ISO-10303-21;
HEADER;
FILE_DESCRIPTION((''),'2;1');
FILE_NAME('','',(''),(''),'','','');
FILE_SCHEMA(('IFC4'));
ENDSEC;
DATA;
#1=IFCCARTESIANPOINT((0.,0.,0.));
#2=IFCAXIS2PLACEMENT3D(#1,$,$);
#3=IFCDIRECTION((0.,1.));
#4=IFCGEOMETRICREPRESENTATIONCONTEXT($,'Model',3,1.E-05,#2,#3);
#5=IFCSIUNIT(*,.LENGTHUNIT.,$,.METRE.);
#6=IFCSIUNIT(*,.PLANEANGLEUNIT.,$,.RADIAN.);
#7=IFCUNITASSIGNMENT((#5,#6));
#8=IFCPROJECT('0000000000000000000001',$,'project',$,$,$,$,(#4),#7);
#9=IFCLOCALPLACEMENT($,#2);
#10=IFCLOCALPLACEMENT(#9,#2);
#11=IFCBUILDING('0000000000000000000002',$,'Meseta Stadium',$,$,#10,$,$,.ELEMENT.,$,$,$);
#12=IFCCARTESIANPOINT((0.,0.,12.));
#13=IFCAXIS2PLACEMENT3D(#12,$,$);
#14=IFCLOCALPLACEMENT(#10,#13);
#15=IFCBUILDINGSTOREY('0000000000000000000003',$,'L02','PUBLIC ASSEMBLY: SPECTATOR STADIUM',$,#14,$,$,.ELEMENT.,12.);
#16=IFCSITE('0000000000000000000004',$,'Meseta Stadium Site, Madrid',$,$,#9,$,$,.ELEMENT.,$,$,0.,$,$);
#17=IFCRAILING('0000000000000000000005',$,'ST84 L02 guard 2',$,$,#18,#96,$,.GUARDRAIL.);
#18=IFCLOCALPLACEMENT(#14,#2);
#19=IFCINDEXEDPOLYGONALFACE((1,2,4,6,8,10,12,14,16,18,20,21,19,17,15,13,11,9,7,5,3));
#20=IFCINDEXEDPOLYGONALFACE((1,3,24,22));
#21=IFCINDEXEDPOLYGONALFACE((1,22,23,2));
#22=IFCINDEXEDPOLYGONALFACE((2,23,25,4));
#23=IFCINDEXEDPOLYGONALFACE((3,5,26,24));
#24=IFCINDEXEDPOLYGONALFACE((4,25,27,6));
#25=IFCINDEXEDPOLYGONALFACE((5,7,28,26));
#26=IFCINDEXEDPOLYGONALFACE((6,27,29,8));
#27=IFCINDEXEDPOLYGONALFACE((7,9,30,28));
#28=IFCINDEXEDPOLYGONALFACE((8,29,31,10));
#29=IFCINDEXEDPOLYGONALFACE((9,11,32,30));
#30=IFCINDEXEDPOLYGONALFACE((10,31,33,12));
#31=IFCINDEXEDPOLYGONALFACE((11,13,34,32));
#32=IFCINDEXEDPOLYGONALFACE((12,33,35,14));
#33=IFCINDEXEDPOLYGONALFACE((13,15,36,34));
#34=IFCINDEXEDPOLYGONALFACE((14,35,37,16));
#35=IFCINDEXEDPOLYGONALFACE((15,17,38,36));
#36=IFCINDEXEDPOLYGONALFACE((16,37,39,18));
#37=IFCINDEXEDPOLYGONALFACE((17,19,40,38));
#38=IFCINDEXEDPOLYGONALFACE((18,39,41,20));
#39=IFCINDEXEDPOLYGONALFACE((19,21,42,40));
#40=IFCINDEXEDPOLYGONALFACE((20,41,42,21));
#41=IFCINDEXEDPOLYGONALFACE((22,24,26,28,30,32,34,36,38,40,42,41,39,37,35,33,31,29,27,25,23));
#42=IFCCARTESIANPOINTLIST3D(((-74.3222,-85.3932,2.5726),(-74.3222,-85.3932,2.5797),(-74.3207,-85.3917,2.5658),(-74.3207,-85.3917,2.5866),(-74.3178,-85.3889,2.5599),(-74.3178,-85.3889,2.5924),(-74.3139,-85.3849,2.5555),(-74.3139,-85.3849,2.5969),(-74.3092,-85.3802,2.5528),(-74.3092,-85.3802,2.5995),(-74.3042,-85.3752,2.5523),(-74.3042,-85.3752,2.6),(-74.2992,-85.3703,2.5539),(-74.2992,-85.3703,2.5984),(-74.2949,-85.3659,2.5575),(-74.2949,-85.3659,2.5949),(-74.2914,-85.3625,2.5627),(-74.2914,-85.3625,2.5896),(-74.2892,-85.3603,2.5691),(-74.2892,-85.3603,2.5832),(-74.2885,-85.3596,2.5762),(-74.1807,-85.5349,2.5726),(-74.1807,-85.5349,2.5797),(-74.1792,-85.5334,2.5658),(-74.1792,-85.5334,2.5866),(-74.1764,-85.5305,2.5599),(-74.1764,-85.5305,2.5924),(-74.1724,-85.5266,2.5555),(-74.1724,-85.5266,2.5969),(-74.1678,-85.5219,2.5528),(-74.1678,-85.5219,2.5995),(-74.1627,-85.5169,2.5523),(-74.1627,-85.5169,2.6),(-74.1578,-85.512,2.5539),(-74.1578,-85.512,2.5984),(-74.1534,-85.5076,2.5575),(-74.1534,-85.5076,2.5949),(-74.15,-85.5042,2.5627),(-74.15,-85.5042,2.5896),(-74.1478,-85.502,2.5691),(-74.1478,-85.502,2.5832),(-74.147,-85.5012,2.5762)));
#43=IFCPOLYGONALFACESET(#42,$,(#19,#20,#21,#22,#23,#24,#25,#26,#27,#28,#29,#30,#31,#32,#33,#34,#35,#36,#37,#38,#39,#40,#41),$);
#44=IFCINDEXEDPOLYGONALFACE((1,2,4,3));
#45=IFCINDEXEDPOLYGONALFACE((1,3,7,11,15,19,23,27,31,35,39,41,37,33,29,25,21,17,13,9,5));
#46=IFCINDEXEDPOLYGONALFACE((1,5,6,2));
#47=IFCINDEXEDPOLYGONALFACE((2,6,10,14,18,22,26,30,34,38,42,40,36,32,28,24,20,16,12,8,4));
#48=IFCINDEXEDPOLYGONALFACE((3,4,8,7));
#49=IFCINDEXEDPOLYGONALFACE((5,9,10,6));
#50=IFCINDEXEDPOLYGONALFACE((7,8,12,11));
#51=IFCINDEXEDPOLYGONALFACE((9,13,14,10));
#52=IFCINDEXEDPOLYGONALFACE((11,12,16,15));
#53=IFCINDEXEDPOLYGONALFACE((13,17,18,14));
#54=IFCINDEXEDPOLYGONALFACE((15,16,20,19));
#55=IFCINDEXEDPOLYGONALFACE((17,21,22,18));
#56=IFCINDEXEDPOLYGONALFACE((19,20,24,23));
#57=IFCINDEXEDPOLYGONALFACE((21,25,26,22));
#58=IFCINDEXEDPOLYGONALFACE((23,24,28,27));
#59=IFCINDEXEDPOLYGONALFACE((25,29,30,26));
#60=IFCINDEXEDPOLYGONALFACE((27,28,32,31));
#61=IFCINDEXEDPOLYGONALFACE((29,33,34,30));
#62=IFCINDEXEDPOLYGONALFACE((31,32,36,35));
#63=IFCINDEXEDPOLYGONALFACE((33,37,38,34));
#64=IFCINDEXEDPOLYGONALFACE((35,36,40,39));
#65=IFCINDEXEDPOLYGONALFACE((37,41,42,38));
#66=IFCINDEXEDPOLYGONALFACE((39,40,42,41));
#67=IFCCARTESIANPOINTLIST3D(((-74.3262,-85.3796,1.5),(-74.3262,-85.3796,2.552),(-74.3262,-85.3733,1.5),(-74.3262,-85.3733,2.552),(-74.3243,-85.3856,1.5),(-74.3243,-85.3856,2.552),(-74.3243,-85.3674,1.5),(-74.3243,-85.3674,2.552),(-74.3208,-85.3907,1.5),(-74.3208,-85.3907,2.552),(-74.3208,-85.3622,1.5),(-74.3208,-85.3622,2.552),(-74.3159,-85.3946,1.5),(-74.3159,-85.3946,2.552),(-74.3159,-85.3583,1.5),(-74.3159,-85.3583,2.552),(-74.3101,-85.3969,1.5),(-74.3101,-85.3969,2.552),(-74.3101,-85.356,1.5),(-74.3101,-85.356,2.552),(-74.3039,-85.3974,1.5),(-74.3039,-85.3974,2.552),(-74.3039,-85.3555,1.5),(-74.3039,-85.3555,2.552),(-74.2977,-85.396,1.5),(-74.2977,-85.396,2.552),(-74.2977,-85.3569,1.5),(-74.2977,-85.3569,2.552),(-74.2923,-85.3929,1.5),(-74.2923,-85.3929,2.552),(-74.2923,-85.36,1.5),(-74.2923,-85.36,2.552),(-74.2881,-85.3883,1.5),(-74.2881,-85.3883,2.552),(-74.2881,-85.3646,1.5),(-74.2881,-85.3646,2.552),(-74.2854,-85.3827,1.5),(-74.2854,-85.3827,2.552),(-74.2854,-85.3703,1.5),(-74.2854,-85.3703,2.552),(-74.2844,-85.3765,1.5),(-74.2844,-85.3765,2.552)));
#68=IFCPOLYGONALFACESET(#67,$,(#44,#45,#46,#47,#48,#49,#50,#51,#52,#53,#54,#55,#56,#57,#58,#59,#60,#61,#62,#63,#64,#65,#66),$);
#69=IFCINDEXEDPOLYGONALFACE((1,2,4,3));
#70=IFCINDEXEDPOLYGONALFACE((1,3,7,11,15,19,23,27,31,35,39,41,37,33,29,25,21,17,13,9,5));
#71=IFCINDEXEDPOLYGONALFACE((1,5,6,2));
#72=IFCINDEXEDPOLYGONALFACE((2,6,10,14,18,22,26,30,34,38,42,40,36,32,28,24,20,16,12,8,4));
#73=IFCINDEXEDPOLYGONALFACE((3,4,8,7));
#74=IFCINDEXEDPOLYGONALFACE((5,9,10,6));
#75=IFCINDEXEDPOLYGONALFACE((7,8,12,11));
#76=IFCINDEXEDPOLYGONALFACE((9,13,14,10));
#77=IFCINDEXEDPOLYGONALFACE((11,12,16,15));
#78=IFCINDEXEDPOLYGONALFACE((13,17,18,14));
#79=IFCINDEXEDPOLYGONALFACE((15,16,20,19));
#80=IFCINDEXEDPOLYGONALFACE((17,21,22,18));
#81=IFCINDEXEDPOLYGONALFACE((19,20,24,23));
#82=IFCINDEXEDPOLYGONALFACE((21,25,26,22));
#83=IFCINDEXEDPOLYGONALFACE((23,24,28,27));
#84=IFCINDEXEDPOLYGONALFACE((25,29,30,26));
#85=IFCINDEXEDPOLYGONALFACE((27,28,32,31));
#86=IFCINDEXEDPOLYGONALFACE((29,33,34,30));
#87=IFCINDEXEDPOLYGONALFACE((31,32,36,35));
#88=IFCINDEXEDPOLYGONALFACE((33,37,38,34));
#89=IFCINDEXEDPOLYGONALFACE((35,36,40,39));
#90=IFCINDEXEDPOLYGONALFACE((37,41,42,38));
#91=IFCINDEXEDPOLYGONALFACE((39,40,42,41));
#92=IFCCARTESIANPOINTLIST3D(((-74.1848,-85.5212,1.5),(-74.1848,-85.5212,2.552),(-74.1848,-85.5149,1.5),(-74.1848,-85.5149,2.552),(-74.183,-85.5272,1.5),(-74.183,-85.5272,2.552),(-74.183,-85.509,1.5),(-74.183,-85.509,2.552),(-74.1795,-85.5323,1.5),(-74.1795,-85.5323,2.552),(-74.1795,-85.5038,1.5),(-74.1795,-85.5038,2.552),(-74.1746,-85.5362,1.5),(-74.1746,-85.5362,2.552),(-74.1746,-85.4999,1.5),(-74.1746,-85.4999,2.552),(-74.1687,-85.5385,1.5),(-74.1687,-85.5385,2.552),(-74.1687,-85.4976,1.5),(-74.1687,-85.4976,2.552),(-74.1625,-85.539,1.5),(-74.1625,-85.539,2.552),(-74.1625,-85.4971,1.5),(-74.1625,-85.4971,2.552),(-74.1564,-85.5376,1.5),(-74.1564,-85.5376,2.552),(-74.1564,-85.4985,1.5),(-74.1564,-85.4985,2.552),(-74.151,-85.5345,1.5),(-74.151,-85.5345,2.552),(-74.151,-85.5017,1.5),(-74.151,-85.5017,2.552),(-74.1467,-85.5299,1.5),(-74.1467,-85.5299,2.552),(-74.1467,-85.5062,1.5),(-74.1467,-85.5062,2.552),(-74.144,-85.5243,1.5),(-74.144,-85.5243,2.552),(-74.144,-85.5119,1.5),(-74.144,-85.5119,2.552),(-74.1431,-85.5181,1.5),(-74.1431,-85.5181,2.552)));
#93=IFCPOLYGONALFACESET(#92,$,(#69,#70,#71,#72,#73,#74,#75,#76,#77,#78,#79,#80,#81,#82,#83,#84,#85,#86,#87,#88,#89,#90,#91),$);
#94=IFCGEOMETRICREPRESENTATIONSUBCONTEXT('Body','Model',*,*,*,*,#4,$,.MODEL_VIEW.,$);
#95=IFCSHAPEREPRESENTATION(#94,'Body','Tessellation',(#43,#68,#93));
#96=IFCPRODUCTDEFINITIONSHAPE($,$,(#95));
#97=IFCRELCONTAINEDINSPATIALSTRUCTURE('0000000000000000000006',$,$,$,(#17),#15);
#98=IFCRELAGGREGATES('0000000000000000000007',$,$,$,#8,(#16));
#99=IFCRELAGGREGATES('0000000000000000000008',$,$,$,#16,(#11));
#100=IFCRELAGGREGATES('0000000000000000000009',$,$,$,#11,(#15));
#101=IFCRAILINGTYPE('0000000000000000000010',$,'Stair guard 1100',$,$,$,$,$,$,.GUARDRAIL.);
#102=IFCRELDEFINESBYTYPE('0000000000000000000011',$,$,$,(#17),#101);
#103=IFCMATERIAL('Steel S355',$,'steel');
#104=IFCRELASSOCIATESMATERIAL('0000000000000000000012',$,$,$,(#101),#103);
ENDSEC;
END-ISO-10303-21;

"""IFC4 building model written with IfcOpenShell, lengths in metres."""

from ifc_helpers import new_model, si_unit, direction, frame, origin, origin_2d, place, context, subcontext, project, spatial, circle, extrude, material, type_object, element, save


model = new_model("IFC4")

# Units and contexts
model_context = context("Model", 3, precision=1e-05, world=origin(), true_north=direction((0.0, 1.0)))
body_context = subcontext(model_context, "Body", "Model", "MODEL_VIEW")
ifc_project = project(units=[si_unit("LENGTHUNIT", "METRE"), si_unit("PLANEANGLEUNIT", "RADIAN")], contexts=[model_context])

# Site, building, storey
site_placement = place(None, origin())
site = spatial("IfcSite", under=ifc_project, at=site_placement, Name="Meseta Stadium Site, Madrid", CompositionType="ELEMENT", RefElevation=0.0)
building_placement = place(site_placement, origin())
building = spatial("IfcBuilding", under=site, at=building_placement, Name="Meseta Stadium", CompositionType="ELEMENT")
storey_placement = place(building_placement, frame((0.0, 0.0, 12.0)))
storey = spatial("IfcBuildingStorey", under=building, at=storey_placement, Name="L02", Description="PUBLIC ASSEMBLY: SPECTATOR STADIUM", CompositionType="ELEMENT", Elevation=12.0)

# Railing
ifc_material_1 = material(Name="Steel S355", Category="steel")
railing_type_1 = type_object("IfcRailingType", Name="Stair guard 1100", PredefinedType="GUARDRAIL", material=ifc_material_1)
railing_1_placement = place(storey_placement, frame((-74.3054, -85.3765, 1.5)))
element("IfcRailing", 1, at=railing_1_placement, inside=storey, type_object=railing_type_1, Name="ST84 L02 guard 2", PredefinedType="GUARDRAIL", context=body_context, shape_type="SweptSolid", body=[
    extrude(circle(Radius=0.0239, at=origin_2d()), frame((0.0, 0.0, 1.0762), z_axis=(0.706496, -0.707717, 0.0), x_axis=(0.707717, 0.706496, 0.0)), (0.0, 0.0, 1.0), 0.2002),
    extrude(circle(Radius=0.021, at=origin_2d()), origin(), (0.0, 0.0, 1.0), 1.052),
    extrude(circle(Radius=0.021, at=origin_2d()), frame((0.1414, -0.1416, 0.0)), (0.0, 0.0, 1.0), 1.052),
])

save(model, "model.ifc")
